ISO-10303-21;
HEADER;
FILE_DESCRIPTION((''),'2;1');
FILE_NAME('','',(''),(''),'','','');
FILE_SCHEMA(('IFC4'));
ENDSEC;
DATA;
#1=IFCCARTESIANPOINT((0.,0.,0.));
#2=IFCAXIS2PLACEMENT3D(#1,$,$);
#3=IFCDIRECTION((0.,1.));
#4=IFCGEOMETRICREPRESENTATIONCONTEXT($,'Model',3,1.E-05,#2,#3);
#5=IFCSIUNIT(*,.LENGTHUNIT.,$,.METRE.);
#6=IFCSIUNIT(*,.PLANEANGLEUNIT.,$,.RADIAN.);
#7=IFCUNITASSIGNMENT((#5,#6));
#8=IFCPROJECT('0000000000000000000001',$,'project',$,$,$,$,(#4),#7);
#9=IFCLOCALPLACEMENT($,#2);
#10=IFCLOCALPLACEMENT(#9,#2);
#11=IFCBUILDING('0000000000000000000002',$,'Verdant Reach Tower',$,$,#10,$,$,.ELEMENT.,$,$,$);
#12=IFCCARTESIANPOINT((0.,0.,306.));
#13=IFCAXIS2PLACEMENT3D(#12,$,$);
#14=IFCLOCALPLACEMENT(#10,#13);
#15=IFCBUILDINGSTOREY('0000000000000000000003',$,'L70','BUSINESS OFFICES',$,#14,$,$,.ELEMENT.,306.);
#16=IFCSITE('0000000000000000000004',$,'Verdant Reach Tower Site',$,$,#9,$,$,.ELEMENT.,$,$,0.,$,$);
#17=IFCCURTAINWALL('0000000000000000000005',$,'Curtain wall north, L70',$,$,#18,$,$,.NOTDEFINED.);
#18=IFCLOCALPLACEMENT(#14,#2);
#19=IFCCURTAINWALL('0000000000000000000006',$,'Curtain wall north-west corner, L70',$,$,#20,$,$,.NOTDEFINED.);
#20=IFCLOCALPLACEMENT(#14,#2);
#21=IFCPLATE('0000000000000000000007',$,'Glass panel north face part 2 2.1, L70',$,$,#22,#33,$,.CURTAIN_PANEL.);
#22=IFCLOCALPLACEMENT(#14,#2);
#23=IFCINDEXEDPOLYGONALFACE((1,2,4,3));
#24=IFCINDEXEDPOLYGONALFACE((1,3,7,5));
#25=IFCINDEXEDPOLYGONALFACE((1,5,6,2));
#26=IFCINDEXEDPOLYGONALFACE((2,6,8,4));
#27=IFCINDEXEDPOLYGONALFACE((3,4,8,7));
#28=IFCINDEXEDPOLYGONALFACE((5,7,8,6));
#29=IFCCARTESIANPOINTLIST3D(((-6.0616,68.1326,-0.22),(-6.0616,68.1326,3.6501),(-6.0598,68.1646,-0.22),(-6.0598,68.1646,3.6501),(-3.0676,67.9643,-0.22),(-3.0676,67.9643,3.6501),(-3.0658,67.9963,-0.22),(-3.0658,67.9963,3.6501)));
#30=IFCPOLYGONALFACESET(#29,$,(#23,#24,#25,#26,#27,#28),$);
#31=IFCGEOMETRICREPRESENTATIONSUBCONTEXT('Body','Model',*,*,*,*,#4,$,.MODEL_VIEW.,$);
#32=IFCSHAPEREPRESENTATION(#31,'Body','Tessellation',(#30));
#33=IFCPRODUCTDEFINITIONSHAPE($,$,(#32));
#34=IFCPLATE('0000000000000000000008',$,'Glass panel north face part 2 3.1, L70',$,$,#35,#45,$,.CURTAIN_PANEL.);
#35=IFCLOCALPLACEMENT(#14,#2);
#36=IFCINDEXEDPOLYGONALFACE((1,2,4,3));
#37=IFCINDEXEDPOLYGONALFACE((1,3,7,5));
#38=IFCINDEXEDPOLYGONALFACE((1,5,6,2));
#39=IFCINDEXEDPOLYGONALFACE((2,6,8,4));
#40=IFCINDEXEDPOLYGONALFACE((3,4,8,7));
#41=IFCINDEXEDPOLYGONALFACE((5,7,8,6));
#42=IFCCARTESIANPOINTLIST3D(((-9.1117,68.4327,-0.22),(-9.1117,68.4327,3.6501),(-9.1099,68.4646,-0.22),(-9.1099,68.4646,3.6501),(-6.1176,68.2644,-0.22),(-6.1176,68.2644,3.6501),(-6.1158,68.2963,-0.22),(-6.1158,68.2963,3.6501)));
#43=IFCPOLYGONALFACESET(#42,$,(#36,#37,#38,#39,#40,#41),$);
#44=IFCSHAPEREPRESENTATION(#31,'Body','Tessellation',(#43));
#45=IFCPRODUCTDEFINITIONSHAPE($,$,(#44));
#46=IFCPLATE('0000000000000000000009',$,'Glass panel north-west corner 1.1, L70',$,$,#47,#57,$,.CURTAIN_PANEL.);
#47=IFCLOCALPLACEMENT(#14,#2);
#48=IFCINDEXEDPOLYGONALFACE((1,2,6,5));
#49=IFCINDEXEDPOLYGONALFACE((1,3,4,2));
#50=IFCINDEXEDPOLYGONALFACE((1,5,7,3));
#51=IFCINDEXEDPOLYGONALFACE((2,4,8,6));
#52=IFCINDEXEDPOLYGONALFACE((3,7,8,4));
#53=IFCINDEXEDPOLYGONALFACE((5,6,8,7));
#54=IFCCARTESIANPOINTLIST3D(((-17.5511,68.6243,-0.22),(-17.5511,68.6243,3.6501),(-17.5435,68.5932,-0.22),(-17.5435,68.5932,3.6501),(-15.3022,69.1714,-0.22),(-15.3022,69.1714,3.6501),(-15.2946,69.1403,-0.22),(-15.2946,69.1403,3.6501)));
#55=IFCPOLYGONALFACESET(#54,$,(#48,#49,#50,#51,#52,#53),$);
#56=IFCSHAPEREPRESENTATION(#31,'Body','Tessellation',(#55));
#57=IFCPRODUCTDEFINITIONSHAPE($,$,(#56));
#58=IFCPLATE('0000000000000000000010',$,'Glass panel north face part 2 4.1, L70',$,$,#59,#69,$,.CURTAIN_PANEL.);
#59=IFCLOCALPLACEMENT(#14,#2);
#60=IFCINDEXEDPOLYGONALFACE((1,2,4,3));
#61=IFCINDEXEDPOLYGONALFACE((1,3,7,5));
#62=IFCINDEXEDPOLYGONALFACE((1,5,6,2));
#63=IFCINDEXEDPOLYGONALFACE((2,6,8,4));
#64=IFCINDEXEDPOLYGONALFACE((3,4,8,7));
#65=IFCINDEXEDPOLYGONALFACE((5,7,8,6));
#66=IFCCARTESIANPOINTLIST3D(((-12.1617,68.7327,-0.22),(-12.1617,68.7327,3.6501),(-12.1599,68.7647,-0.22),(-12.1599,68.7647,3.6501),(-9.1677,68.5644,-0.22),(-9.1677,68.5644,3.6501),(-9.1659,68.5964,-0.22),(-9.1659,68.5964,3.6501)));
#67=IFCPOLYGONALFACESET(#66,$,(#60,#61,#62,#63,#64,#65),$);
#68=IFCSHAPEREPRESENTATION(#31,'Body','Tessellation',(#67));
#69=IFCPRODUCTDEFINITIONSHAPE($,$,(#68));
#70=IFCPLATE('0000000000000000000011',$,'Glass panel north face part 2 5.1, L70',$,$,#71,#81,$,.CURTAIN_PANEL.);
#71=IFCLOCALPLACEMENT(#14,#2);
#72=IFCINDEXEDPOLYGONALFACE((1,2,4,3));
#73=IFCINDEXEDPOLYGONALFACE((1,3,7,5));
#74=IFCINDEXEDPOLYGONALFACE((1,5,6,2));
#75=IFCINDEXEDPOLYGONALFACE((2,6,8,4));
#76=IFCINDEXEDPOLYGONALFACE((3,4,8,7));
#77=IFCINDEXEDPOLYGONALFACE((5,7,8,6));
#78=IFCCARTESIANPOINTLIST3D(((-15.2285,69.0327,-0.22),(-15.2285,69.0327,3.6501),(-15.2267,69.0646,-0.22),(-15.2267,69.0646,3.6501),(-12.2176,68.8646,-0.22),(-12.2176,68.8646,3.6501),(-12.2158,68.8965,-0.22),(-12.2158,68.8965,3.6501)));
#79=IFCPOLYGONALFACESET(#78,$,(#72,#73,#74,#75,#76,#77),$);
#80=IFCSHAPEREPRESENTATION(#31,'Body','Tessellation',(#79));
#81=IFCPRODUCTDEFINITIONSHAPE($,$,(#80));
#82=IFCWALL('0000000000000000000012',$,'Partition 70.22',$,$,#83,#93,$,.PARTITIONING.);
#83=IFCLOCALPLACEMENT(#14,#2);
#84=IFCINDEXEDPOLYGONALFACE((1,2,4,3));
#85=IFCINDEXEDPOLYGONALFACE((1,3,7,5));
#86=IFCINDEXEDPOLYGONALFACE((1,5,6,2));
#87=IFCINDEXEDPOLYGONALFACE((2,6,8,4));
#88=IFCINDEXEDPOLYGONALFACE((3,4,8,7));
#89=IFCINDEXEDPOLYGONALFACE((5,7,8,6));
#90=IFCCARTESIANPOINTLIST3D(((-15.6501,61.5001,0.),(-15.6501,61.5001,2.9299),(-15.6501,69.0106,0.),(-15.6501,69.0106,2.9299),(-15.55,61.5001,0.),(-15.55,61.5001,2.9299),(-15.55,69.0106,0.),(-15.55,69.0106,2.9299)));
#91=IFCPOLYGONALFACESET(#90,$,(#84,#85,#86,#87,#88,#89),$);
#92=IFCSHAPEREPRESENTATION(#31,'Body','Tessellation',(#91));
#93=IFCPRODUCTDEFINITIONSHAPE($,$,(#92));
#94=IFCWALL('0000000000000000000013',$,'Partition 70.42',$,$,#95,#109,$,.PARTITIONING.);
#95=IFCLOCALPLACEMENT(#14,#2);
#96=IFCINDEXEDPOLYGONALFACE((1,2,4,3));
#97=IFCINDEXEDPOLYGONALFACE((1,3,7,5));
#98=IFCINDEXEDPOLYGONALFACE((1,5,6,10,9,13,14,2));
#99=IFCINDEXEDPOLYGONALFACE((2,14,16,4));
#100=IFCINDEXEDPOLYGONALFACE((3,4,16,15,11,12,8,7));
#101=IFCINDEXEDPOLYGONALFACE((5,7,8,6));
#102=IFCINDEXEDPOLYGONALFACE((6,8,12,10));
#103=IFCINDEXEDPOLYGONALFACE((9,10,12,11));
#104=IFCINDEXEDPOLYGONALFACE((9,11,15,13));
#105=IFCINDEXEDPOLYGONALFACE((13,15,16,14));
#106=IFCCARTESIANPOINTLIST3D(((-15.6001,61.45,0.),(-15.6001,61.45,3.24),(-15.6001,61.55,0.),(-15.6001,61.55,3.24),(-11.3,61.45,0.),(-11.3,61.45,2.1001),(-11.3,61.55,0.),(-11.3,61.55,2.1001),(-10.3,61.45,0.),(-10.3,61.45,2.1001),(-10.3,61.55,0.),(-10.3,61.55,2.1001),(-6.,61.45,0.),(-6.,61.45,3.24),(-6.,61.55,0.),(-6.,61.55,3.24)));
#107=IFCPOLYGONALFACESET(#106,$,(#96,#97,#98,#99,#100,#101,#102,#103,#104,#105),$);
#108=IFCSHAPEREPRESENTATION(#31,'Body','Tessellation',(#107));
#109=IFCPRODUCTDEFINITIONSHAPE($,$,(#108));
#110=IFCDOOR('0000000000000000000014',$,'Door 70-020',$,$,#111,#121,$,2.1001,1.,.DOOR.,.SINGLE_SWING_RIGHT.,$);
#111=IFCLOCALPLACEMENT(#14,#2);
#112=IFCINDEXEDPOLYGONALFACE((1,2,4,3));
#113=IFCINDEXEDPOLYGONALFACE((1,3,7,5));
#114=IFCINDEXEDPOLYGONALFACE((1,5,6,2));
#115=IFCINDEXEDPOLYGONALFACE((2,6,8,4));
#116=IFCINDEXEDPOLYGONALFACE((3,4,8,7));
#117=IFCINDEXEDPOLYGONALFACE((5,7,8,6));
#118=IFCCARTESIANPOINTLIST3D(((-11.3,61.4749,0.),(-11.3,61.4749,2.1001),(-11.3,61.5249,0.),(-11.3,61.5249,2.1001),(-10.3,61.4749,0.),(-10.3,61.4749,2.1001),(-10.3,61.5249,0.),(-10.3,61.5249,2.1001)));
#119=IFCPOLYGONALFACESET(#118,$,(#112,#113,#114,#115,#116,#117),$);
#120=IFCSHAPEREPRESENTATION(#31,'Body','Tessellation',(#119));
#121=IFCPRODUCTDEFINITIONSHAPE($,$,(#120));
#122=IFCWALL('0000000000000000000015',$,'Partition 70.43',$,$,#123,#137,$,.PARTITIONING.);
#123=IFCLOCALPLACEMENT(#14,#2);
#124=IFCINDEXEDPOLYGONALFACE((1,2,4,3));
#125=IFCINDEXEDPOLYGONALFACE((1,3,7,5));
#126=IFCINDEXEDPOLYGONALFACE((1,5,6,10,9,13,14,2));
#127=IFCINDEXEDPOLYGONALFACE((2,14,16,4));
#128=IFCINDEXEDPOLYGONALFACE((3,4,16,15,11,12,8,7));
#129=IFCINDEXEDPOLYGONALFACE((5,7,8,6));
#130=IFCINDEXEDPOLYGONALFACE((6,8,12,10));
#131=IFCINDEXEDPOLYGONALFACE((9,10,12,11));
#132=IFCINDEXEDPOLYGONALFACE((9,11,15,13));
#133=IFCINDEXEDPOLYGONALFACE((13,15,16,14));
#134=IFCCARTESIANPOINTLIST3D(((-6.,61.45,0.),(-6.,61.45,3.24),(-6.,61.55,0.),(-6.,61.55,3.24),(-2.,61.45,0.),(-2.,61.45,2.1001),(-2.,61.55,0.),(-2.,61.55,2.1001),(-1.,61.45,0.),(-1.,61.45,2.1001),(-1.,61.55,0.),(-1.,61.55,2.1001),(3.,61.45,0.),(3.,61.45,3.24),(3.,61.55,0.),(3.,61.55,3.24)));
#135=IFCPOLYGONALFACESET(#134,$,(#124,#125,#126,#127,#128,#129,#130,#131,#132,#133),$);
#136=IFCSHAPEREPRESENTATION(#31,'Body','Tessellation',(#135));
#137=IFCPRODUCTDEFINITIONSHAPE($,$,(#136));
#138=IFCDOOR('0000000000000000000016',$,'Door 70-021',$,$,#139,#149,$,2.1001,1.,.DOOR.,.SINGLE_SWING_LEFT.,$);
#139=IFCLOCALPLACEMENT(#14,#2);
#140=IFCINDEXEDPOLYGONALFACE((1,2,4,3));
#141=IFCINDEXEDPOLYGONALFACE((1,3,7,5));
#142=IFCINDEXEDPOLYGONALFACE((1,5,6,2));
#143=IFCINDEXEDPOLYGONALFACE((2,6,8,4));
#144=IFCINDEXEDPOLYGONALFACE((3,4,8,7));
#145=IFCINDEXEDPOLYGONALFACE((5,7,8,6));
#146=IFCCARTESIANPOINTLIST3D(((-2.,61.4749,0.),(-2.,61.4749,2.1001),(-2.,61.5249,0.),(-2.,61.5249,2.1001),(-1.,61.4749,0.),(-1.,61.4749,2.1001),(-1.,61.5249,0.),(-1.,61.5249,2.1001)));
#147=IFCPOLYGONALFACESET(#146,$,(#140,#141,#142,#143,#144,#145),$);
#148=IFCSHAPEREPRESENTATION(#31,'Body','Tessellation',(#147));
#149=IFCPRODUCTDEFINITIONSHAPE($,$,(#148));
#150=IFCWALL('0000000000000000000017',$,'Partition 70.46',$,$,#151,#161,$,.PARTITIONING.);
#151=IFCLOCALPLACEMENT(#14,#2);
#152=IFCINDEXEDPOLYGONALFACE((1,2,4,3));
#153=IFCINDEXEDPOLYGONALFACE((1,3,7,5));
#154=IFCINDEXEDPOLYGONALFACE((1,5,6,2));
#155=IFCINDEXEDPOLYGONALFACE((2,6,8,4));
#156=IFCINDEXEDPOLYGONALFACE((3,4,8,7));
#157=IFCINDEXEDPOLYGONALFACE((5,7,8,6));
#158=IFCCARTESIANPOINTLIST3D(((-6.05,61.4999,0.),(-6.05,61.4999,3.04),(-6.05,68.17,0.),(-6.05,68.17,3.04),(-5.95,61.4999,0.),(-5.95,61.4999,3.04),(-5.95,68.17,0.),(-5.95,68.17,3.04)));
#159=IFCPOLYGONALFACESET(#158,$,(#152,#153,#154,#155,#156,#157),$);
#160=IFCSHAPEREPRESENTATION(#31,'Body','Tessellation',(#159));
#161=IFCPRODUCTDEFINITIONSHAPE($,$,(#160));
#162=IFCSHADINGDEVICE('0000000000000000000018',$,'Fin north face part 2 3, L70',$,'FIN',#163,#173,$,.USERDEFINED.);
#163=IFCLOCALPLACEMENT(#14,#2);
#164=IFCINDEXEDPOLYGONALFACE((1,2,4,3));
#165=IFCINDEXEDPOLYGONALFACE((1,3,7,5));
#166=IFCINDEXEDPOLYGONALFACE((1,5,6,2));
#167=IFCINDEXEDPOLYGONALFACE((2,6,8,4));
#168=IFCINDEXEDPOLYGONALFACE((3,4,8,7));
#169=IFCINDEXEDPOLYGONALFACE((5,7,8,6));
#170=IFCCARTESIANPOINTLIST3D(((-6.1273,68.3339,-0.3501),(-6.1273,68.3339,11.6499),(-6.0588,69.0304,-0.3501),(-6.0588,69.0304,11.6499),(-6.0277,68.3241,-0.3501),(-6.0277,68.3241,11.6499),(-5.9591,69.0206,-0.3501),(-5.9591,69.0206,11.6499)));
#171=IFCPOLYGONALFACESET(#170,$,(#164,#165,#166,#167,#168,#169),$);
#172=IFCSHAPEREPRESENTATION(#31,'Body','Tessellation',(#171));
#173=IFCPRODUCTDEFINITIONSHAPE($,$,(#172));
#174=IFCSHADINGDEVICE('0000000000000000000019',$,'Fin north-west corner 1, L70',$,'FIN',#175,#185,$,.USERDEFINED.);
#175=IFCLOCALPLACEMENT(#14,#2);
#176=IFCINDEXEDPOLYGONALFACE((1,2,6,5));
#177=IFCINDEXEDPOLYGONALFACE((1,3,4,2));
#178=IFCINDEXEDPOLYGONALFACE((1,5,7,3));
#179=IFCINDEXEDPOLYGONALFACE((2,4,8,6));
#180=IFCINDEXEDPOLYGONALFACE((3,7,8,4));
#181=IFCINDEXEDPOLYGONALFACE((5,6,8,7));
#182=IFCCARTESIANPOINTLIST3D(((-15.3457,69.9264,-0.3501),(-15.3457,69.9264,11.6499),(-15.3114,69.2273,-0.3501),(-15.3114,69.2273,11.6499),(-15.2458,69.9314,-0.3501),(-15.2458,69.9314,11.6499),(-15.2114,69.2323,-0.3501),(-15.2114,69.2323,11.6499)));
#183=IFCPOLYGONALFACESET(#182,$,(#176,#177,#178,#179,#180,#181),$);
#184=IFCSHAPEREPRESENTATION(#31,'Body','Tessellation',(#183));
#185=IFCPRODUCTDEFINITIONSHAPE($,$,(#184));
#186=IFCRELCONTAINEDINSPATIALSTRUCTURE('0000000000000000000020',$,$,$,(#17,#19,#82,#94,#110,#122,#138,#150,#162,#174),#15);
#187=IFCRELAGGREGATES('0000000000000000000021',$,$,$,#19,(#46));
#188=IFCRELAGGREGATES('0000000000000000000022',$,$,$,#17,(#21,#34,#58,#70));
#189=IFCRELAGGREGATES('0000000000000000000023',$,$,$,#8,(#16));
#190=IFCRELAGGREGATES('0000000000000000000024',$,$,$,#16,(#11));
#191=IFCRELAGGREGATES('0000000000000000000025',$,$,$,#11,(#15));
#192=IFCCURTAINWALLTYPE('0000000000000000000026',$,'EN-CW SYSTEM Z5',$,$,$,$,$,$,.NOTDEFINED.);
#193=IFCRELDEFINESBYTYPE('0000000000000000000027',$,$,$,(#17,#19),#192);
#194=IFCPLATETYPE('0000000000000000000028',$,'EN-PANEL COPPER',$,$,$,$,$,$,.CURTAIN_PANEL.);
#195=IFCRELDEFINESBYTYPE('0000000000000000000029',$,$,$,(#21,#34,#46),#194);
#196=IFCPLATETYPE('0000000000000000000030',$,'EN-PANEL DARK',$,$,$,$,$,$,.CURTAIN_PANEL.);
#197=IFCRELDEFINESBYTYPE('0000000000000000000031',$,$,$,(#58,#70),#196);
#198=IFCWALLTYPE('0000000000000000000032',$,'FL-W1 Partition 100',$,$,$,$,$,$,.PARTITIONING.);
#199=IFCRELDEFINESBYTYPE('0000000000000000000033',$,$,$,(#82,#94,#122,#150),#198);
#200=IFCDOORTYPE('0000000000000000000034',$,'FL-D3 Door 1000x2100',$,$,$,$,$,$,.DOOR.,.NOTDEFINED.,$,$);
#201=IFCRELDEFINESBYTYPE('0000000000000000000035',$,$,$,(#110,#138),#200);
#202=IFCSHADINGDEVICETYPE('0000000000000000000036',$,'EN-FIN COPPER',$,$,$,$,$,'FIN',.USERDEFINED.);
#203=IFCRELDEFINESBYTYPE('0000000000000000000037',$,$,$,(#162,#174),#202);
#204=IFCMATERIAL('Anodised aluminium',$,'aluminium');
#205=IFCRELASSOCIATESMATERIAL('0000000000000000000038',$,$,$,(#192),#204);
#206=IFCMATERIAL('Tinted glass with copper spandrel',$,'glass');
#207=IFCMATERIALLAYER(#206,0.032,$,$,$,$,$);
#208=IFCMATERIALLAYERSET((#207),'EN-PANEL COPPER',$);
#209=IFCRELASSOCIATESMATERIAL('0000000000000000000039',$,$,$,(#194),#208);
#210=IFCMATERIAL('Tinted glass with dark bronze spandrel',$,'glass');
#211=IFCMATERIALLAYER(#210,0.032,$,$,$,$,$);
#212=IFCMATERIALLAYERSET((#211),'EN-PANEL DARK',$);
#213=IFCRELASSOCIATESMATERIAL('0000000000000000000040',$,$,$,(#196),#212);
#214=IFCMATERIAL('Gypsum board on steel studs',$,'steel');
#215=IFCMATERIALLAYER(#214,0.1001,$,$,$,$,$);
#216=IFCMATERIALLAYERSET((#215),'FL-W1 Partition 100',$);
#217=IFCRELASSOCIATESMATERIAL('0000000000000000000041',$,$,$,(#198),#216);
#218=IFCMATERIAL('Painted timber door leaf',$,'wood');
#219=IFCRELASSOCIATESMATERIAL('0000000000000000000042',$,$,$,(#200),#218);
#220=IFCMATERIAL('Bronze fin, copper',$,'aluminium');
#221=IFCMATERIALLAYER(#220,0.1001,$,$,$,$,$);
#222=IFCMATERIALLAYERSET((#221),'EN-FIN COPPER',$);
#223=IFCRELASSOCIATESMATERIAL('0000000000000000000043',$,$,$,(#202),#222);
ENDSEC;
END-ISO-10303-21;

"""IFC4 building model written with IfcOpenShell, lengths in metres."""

from ifc_helpers import new_model, si_unit, direction, frame, frame_2d, origin, origin_2d, place, context, subcontext, project, spatial, rectangle, extrude, material, layer, layer_set, type_object, element, fill, aggregate, save


model = new_model("IFC4")

# Units and contexts
model_context = context("Model", 3, precision=1e-05, world=origin(), true_north=direction((0.0, 1.0)))
body_context = subcontext(model_context, "Body", "Model", "MODEL_VIEW")
ifc_project = project(units=[si_unit("LENGTHUNIT", "METRE"), si_unit("PLANEANGLEUNIT", "RADIAN")], contexts=[model_context])

# Site, building, storey
site_placement = place(None, origin())
site = spatial("IfcSite", under=ifc_project, at=site_placement, Name="Verdant Reach Tower Site", CompositionType="ELEMENT", RefElevation=0.0)
building_placement = place(site_placement, origin())
building = spatial("IfcBuilding", under=site, at=building_placement, Name="Verdant Reach Tower", CompositionType="ELEMENT")
storey_placement = place(building_placement, frame((0.0, 0.0, 306.0)))
storey = spatial("IfcBuildingStorey", under=building, at=storey_placement, Name="L70", Description="BUSINESS OFFICES", CompositionType="ELEMENT", Elevation=306.0)

# Curtain wall
ifc_material_1 = material(Name="Anodised aluminium", Category="aluminium")
curtain_wall_type = type_object("IfcCurtainWallType", Name="EN-CW SYSTEM Z5", PredefinedType="NOTDEFINED", material=ifc_material_1)
curtain_wall_1_placement = place(storey_placement, origin())
curtain_wall_1 = element("IfcCurtainWall", 1, at=curtain_wall_1_placement, inside=storey, type_object=curtain_wall_type, Name="Curtain wall north, L70", PredefinedType="NOTDEFINED")

# Curtain wall
curtain_wall_2_placement = place(storey_placement, origin())
curtain_wall_2 = element("IfcCurtainWall", 2, at=curtain_wall_2_placement, inside=storey, type_object=curtain_wall_type, Name="Curtain wall north-west corner, L70", PredefinedType="NOTDEFINED")

# Plates
ifc_material_2 = material(Name="Tinted glass with copper spandrel", Category="glass")
ifc_layer_1 = layer(ifc_material_2, 0.032)
ifc_layer_set_1 = layer_set([ifc_layer_1], Name="EN-PANEL COPPER")
plate_type_1 = type_object("IfcPlateType", Name="EN-PANEL COPPER", PredefinedType="CURTAIN_PANEL", material=ifc_layer_set_1)
plate_1_placement = place(storey_placement, frame((-4.5637, 68.0645, -0.22), z_axis=(0.0, 0.0, 1.0), x_axis=(-0.998424, 0.056128, 0.0)))
plate_1 = element("IfcPlate", 3, at=plate_1_placement, type_object=plate_type_1, Name="Glass panel north face part 2 2.1, L70", PredefinedType="CURTAIN_PANEL", context=body_context, shape_type="SweptSolid", body=[
    extrude(rectangle(XDim=2.9988, YDim=0.032, at=origin_2d()), origin(), (0.0, 0.0, 1.0), 3.8701),
])
plate_2_placement = place(storey_placement, frame((-7.6138, 68.3645, -0.22), z_axis=(0.0, 0.0, 1.0), x_axis=(-0.998424, 0.056128, 0.0)))
plate_2 = element("IfcPlate", 4, at=plate_2_placement, type_object=plate_type_1, Name="Glass panel north face part 2 3.1, L70", PredefinedType="CURTAIN_PANEL", context=body_context, shape_type="SweptSolid", body=[
    extrude(rectangle(XDim=2.9988, YDim=0.032, at=origin_2d()), origin(), (0.0, 0.0, 1.0), 3.8701),
])
plate_3_placement = place(storey_placement, frame((-16.4229, 68.8823, -0.22), z_axis=(0.0, 0.0, 1.0), x_axis=(-0.971662, -0.236376, 0.0)))
plate_3 = element("IfcPlate", 5, at=plate_3_placement, type_object=plate_type_1, Name="Glass panel north-west corner 1.1, L70", PredefinedType="CURTAIN_PANEL", context=body_context, shape_type="SweptSolid", body=[
    extrude(rectangle(XDim=2.3145, YDim=0.032, at=origin_2d()), origin(), (0.0, 0.0, 1.0), 3.8701),
])
aggregate(curtain_wall_2, [plate_3])
ifc_material_3 = material(Name="Tinted glass with dark bronze spandrel", Category="glass")
ifc_layer_2 = layer(ifc_material_3, 0.032)
ifc_layer_set_2 = layer_set([ifc_layer_2], Name="EN-PANEL DARK")
plate_type_2 = type_object("IfcPlateType", Name="EN-PANEL DARK", PredefinedType="CURTAIN_PANEL", material=ifc_layer_set_2)
plate_4_placement = place(storey_placement, frame((-10.6638, 68.6646, -0.22), z_axis=(0.0, 0.0, 1.0), x_axis=(-0.998424, 0.056128, 0.0)))
plate_4 = element("IfcPlate", 6, at=plate_4_placement, type_object=plate_type_2, Name="Glass panel north face part 2 4.1, L70", PredefinedType="CURTAIN_PANEL", context=body_context, shape_type="SweptSolid", body=[
    extrude(rectangle(XDim=2.9988, YDim=0.032, at=origin_2d()), origin(), (0.0, 0.0, 1.0), 3.8701),
])
plate_5_placement = place(storey_placement, frame((-13.7222, 68.9646, -0.22), z_axis=(0.0, 0.0, 1.0), x_axis=(-0.998446, 0.055725, 0.0)))
plate_5 = element("IfcPlate", 7, at=plate_5_placement, type_object=plate_type_2, Name="Glass panel north face part 2 5.1, L70", PredefinedType="CURTAIN_PANEL", context=body_context, shape_type="SweptSolid", body=[
    extrude(rectangle(XDim=3.0156, YDim=0.032, at=origin_2d()), origin(), (0.0, 0.0, 1.0), 3.8701),
])
aggregate(curtain_wall_1, [plate_1, plate_2, plate_4, plate_5])

# Wall
ifc_material_4 = material(Name="Gypsum board on steel studs", Category="steel")
ifc_layer_3 = layer(ifc_material_4, 0.1001)
ifc_layer_set_3 = layer_set([ifc_layer_3], Name="FL-W1 Partition 100")
wall_type = type_object("IfcWallType", Name="FL-W1 Partition 100", PredefinedType="PARTITIONING", material=ifc_layer_set_3)
wall_1_placement = place(storey_placement, frame((-15.6001, 61.5, 0.0), z_axis=(0.0, 0.0, 1.0), x_axis=(0.0, 1.0, 0.0)))
element("IfcWall", 8, at=wall_1_placement, inside=storey, type_object=wall_type, Name="Partition 70.22", PredefinedType="PARTITIONING", context=body_context, shape_type="SweptSolid", body=[
    extrude(rectangle(XDim=7.5105, YDim=0.1001, at=frame_2d((3.7554, 0.0))), origin(), (0.0, 0.0, 1.0), 2.9299),
])

# Walls, openings, doors
wall_2_placement = place(storey_placement, frame((-15.6001, 61.5, 0.0), z_axis=(0.0, 0.0, 1.0), x_axis=(1.0, 0.0, 0.0)))
wall_2 = element("IfcWall", 9, at=wall_2_placement, inside=storey, type_object=wall_type, Name="Partition 70.42", PredefinedType="PARTITIONING", context=body_context, shape_type="SweptSolid", body=[
    extrude(rectangle(XDim=9.6001, YDim=0.1001, at=frame_2d((4.8, 0.0))), origin(), (0.0, 0.0, 1.0), 3.24),
])
opening_1_placement = place(wall_2_placement, frame((4.3, 0.0, 0.0)))
opening_1 = element("IfcOpeningElement", 10, at=opening_1_placement, cuts=wall_2, PredefinedType="OPENING", context=body_context, shape_type="SweptSolid", body=[
    extrude(rectangle(XDim=1.0, YDim=2.1001, at=frame_2d((0.5, 1.05))), frame((0.0, 0.0601, 0.0), z_axis=(0.0, -1.0, 0.0), x_axis=(1.0, 0.0, 0.0)), (0.0, 0.0, 1.0), 0.1201),
])
ifc_material_5 = material(Name="Painted timber door leaf", Category="wood")
door_type = type_object("IfcDoorType", Name="FL-D3 Door 1000x2100", OperationType="NOTDEFINED", PredefinedType="DOOR", material=ifc_material_5)
door_1_placement = place(opening_1_placement, origin())
door_1 = element("IfcDoor", 11, at=door_1_placement, inside=storey, type_object=door_type, Name="Door 70-020", OperationType="SINGLE_SWING_RIGHT", OverallHeight=2.1001, OverallWidth=1.0, PredefinedType="DOOR", context=body_context, shape_type="SweptSolid", body=[
    extrude(rectangle(XDim=1.0, YDim=2.1001, at=frame_2d((0.5, 1.05))), frame((0.0, 0.0249, 0.0), z_axis=(0.0, -1.0, 0.0), x_axis=(1.0, 0.0, 0.0)), (0.0, 0.0, 1.0), 0.05),
])
fill(opening_1, door_1)
wall_3_placement = place(storey_placement, frame((-6.0, 61.5, 0.0), z_axis=(0.0, 0.0, 1.0), x_axis=(1.0, 0.0, 0.0)))
wall_3 = element("IfcWall", 12, at=wall_3_placement, inside=storey, type_object=wall_type, Name="Partition 70.43", PredefinedType="PARTITIONING", context=body_context, shape_type="SweptSolid", body=[
    extrude(rectangle(XDim=9.0, YDim=0.1001, at=frame_2d((4.5, 0.0))), origin(), (0.0, 0.0, 1.0), 3.24),
])
opening_2_placement = place(wall_3_placement, frame((4.0, 0.0, 0.0)))
opening_2 = element("IfcOpeningElement", 13, at=opening_2_placement, cuts=wall_3, PredefinedType="OPENING", context=body_context, shape_type="SweptSolid", body=[
    extrude(rectangle(XDim=1.0, YDim=2.1001, at=frame_2d((0.5, 1.05))), frame((0.0, 0.0601, 0.0), z_axis=(0.0, -1.0, 0.0), x_axis=(1.0, 0.0, 0.0)), (0.0, 0.0, 1.0), 0.1201),
])
door_2_placement = place(opening_2_placement, origin())
door_2 = element("IfcDoor", 14, at=door_2_placement, inside=storey, type_object=door_type, Name="Door 70-021", OperationType="SINGLE_SWING_LEFT", OverallHeight=2.1001, OverallWidth=1.0, PredefinedType="DOOR", context=body_context, shape_type="SweptSolid", body=[
    extrude(rectangle(XDim=1.0, YDim=2.1001, at=frame_2d((0.5, 1.05))), frame((0.0, 0.0249, 0.0), z_axis=(0.0, -1.0, 0.0), x_axis=(1.0, 0.0, 0.0)), (0.0, 0.0, 1.0), 0.05),
])
fill(opening_2, door_2)

# Wall
wall_4_placement = place(storey_placement, frame((-6.0, 61.5, 0.0), z_axis=(0.0, 0.0, 1.0), x_axis=(0.0, 1.0, 0.0)))
element("IfcWall", 15, at=wall_4_placement, inside=storey, type_object=wall_type, Name="Partition 70.46", PredefinedType="PARTITIONING", context=body_context, shape_type="SweptSolid", body=[
    extrude(rectangle(XDim=6.6702, YDim=0.1001, at=frame_2d((3.335, 0.0))), origin(), (0.0, 0.0, 1.0), 3.04),
])

# Shading devices
ifc_material_6 = material(Name="Bronze fin, copper", Category="aluminium")
ifc_layer_4 = layer(ifc_material_6, 0.1001)
ifc_layer_set_4 = layer_set([ifc_layer_4], Name="EN-FIN COPPER")
shading_device_type_1 = type_object("IfcShadingDeviceType", Name="EN-FIN COPPER", ElementType="FIN", PredefinedType="USERDEFINED", material=ifc_layer_set_4)
for number, where, z_axis, x_axis, name in (
    (16, (-6.0432, 68.6772, -0.3501), (0.0, 0.0, 1.0), (-0.995197, 0.097888, 0.0), "Fin north face part 2 3, L70"),
    (17, (-15.2786, 69.5793, -0.3501), (0.0, 0.0, 1.0), (-0.998793, -0.049128, 0.0), "Fin north-west corner 1, L70"),
):
    element("IfcShadingDevice", number, at=place(storey_placement, frame(where, z_axis=z_axis, x_axis=x_axis)), inside=storey, type_object=shading_device_type_1, Name=name, ObjectType="FIN", PredefinedType="USERDEFINED", context=body_context, shape_type="SweptSolid", body=[
        extrude(rectangle(XDim=0.1001, YDim=0.7, at=origin_2d()), origin(), (0.0, 0.0, 1.0), 12.0),
    ])

save(model, "model.ifc")
